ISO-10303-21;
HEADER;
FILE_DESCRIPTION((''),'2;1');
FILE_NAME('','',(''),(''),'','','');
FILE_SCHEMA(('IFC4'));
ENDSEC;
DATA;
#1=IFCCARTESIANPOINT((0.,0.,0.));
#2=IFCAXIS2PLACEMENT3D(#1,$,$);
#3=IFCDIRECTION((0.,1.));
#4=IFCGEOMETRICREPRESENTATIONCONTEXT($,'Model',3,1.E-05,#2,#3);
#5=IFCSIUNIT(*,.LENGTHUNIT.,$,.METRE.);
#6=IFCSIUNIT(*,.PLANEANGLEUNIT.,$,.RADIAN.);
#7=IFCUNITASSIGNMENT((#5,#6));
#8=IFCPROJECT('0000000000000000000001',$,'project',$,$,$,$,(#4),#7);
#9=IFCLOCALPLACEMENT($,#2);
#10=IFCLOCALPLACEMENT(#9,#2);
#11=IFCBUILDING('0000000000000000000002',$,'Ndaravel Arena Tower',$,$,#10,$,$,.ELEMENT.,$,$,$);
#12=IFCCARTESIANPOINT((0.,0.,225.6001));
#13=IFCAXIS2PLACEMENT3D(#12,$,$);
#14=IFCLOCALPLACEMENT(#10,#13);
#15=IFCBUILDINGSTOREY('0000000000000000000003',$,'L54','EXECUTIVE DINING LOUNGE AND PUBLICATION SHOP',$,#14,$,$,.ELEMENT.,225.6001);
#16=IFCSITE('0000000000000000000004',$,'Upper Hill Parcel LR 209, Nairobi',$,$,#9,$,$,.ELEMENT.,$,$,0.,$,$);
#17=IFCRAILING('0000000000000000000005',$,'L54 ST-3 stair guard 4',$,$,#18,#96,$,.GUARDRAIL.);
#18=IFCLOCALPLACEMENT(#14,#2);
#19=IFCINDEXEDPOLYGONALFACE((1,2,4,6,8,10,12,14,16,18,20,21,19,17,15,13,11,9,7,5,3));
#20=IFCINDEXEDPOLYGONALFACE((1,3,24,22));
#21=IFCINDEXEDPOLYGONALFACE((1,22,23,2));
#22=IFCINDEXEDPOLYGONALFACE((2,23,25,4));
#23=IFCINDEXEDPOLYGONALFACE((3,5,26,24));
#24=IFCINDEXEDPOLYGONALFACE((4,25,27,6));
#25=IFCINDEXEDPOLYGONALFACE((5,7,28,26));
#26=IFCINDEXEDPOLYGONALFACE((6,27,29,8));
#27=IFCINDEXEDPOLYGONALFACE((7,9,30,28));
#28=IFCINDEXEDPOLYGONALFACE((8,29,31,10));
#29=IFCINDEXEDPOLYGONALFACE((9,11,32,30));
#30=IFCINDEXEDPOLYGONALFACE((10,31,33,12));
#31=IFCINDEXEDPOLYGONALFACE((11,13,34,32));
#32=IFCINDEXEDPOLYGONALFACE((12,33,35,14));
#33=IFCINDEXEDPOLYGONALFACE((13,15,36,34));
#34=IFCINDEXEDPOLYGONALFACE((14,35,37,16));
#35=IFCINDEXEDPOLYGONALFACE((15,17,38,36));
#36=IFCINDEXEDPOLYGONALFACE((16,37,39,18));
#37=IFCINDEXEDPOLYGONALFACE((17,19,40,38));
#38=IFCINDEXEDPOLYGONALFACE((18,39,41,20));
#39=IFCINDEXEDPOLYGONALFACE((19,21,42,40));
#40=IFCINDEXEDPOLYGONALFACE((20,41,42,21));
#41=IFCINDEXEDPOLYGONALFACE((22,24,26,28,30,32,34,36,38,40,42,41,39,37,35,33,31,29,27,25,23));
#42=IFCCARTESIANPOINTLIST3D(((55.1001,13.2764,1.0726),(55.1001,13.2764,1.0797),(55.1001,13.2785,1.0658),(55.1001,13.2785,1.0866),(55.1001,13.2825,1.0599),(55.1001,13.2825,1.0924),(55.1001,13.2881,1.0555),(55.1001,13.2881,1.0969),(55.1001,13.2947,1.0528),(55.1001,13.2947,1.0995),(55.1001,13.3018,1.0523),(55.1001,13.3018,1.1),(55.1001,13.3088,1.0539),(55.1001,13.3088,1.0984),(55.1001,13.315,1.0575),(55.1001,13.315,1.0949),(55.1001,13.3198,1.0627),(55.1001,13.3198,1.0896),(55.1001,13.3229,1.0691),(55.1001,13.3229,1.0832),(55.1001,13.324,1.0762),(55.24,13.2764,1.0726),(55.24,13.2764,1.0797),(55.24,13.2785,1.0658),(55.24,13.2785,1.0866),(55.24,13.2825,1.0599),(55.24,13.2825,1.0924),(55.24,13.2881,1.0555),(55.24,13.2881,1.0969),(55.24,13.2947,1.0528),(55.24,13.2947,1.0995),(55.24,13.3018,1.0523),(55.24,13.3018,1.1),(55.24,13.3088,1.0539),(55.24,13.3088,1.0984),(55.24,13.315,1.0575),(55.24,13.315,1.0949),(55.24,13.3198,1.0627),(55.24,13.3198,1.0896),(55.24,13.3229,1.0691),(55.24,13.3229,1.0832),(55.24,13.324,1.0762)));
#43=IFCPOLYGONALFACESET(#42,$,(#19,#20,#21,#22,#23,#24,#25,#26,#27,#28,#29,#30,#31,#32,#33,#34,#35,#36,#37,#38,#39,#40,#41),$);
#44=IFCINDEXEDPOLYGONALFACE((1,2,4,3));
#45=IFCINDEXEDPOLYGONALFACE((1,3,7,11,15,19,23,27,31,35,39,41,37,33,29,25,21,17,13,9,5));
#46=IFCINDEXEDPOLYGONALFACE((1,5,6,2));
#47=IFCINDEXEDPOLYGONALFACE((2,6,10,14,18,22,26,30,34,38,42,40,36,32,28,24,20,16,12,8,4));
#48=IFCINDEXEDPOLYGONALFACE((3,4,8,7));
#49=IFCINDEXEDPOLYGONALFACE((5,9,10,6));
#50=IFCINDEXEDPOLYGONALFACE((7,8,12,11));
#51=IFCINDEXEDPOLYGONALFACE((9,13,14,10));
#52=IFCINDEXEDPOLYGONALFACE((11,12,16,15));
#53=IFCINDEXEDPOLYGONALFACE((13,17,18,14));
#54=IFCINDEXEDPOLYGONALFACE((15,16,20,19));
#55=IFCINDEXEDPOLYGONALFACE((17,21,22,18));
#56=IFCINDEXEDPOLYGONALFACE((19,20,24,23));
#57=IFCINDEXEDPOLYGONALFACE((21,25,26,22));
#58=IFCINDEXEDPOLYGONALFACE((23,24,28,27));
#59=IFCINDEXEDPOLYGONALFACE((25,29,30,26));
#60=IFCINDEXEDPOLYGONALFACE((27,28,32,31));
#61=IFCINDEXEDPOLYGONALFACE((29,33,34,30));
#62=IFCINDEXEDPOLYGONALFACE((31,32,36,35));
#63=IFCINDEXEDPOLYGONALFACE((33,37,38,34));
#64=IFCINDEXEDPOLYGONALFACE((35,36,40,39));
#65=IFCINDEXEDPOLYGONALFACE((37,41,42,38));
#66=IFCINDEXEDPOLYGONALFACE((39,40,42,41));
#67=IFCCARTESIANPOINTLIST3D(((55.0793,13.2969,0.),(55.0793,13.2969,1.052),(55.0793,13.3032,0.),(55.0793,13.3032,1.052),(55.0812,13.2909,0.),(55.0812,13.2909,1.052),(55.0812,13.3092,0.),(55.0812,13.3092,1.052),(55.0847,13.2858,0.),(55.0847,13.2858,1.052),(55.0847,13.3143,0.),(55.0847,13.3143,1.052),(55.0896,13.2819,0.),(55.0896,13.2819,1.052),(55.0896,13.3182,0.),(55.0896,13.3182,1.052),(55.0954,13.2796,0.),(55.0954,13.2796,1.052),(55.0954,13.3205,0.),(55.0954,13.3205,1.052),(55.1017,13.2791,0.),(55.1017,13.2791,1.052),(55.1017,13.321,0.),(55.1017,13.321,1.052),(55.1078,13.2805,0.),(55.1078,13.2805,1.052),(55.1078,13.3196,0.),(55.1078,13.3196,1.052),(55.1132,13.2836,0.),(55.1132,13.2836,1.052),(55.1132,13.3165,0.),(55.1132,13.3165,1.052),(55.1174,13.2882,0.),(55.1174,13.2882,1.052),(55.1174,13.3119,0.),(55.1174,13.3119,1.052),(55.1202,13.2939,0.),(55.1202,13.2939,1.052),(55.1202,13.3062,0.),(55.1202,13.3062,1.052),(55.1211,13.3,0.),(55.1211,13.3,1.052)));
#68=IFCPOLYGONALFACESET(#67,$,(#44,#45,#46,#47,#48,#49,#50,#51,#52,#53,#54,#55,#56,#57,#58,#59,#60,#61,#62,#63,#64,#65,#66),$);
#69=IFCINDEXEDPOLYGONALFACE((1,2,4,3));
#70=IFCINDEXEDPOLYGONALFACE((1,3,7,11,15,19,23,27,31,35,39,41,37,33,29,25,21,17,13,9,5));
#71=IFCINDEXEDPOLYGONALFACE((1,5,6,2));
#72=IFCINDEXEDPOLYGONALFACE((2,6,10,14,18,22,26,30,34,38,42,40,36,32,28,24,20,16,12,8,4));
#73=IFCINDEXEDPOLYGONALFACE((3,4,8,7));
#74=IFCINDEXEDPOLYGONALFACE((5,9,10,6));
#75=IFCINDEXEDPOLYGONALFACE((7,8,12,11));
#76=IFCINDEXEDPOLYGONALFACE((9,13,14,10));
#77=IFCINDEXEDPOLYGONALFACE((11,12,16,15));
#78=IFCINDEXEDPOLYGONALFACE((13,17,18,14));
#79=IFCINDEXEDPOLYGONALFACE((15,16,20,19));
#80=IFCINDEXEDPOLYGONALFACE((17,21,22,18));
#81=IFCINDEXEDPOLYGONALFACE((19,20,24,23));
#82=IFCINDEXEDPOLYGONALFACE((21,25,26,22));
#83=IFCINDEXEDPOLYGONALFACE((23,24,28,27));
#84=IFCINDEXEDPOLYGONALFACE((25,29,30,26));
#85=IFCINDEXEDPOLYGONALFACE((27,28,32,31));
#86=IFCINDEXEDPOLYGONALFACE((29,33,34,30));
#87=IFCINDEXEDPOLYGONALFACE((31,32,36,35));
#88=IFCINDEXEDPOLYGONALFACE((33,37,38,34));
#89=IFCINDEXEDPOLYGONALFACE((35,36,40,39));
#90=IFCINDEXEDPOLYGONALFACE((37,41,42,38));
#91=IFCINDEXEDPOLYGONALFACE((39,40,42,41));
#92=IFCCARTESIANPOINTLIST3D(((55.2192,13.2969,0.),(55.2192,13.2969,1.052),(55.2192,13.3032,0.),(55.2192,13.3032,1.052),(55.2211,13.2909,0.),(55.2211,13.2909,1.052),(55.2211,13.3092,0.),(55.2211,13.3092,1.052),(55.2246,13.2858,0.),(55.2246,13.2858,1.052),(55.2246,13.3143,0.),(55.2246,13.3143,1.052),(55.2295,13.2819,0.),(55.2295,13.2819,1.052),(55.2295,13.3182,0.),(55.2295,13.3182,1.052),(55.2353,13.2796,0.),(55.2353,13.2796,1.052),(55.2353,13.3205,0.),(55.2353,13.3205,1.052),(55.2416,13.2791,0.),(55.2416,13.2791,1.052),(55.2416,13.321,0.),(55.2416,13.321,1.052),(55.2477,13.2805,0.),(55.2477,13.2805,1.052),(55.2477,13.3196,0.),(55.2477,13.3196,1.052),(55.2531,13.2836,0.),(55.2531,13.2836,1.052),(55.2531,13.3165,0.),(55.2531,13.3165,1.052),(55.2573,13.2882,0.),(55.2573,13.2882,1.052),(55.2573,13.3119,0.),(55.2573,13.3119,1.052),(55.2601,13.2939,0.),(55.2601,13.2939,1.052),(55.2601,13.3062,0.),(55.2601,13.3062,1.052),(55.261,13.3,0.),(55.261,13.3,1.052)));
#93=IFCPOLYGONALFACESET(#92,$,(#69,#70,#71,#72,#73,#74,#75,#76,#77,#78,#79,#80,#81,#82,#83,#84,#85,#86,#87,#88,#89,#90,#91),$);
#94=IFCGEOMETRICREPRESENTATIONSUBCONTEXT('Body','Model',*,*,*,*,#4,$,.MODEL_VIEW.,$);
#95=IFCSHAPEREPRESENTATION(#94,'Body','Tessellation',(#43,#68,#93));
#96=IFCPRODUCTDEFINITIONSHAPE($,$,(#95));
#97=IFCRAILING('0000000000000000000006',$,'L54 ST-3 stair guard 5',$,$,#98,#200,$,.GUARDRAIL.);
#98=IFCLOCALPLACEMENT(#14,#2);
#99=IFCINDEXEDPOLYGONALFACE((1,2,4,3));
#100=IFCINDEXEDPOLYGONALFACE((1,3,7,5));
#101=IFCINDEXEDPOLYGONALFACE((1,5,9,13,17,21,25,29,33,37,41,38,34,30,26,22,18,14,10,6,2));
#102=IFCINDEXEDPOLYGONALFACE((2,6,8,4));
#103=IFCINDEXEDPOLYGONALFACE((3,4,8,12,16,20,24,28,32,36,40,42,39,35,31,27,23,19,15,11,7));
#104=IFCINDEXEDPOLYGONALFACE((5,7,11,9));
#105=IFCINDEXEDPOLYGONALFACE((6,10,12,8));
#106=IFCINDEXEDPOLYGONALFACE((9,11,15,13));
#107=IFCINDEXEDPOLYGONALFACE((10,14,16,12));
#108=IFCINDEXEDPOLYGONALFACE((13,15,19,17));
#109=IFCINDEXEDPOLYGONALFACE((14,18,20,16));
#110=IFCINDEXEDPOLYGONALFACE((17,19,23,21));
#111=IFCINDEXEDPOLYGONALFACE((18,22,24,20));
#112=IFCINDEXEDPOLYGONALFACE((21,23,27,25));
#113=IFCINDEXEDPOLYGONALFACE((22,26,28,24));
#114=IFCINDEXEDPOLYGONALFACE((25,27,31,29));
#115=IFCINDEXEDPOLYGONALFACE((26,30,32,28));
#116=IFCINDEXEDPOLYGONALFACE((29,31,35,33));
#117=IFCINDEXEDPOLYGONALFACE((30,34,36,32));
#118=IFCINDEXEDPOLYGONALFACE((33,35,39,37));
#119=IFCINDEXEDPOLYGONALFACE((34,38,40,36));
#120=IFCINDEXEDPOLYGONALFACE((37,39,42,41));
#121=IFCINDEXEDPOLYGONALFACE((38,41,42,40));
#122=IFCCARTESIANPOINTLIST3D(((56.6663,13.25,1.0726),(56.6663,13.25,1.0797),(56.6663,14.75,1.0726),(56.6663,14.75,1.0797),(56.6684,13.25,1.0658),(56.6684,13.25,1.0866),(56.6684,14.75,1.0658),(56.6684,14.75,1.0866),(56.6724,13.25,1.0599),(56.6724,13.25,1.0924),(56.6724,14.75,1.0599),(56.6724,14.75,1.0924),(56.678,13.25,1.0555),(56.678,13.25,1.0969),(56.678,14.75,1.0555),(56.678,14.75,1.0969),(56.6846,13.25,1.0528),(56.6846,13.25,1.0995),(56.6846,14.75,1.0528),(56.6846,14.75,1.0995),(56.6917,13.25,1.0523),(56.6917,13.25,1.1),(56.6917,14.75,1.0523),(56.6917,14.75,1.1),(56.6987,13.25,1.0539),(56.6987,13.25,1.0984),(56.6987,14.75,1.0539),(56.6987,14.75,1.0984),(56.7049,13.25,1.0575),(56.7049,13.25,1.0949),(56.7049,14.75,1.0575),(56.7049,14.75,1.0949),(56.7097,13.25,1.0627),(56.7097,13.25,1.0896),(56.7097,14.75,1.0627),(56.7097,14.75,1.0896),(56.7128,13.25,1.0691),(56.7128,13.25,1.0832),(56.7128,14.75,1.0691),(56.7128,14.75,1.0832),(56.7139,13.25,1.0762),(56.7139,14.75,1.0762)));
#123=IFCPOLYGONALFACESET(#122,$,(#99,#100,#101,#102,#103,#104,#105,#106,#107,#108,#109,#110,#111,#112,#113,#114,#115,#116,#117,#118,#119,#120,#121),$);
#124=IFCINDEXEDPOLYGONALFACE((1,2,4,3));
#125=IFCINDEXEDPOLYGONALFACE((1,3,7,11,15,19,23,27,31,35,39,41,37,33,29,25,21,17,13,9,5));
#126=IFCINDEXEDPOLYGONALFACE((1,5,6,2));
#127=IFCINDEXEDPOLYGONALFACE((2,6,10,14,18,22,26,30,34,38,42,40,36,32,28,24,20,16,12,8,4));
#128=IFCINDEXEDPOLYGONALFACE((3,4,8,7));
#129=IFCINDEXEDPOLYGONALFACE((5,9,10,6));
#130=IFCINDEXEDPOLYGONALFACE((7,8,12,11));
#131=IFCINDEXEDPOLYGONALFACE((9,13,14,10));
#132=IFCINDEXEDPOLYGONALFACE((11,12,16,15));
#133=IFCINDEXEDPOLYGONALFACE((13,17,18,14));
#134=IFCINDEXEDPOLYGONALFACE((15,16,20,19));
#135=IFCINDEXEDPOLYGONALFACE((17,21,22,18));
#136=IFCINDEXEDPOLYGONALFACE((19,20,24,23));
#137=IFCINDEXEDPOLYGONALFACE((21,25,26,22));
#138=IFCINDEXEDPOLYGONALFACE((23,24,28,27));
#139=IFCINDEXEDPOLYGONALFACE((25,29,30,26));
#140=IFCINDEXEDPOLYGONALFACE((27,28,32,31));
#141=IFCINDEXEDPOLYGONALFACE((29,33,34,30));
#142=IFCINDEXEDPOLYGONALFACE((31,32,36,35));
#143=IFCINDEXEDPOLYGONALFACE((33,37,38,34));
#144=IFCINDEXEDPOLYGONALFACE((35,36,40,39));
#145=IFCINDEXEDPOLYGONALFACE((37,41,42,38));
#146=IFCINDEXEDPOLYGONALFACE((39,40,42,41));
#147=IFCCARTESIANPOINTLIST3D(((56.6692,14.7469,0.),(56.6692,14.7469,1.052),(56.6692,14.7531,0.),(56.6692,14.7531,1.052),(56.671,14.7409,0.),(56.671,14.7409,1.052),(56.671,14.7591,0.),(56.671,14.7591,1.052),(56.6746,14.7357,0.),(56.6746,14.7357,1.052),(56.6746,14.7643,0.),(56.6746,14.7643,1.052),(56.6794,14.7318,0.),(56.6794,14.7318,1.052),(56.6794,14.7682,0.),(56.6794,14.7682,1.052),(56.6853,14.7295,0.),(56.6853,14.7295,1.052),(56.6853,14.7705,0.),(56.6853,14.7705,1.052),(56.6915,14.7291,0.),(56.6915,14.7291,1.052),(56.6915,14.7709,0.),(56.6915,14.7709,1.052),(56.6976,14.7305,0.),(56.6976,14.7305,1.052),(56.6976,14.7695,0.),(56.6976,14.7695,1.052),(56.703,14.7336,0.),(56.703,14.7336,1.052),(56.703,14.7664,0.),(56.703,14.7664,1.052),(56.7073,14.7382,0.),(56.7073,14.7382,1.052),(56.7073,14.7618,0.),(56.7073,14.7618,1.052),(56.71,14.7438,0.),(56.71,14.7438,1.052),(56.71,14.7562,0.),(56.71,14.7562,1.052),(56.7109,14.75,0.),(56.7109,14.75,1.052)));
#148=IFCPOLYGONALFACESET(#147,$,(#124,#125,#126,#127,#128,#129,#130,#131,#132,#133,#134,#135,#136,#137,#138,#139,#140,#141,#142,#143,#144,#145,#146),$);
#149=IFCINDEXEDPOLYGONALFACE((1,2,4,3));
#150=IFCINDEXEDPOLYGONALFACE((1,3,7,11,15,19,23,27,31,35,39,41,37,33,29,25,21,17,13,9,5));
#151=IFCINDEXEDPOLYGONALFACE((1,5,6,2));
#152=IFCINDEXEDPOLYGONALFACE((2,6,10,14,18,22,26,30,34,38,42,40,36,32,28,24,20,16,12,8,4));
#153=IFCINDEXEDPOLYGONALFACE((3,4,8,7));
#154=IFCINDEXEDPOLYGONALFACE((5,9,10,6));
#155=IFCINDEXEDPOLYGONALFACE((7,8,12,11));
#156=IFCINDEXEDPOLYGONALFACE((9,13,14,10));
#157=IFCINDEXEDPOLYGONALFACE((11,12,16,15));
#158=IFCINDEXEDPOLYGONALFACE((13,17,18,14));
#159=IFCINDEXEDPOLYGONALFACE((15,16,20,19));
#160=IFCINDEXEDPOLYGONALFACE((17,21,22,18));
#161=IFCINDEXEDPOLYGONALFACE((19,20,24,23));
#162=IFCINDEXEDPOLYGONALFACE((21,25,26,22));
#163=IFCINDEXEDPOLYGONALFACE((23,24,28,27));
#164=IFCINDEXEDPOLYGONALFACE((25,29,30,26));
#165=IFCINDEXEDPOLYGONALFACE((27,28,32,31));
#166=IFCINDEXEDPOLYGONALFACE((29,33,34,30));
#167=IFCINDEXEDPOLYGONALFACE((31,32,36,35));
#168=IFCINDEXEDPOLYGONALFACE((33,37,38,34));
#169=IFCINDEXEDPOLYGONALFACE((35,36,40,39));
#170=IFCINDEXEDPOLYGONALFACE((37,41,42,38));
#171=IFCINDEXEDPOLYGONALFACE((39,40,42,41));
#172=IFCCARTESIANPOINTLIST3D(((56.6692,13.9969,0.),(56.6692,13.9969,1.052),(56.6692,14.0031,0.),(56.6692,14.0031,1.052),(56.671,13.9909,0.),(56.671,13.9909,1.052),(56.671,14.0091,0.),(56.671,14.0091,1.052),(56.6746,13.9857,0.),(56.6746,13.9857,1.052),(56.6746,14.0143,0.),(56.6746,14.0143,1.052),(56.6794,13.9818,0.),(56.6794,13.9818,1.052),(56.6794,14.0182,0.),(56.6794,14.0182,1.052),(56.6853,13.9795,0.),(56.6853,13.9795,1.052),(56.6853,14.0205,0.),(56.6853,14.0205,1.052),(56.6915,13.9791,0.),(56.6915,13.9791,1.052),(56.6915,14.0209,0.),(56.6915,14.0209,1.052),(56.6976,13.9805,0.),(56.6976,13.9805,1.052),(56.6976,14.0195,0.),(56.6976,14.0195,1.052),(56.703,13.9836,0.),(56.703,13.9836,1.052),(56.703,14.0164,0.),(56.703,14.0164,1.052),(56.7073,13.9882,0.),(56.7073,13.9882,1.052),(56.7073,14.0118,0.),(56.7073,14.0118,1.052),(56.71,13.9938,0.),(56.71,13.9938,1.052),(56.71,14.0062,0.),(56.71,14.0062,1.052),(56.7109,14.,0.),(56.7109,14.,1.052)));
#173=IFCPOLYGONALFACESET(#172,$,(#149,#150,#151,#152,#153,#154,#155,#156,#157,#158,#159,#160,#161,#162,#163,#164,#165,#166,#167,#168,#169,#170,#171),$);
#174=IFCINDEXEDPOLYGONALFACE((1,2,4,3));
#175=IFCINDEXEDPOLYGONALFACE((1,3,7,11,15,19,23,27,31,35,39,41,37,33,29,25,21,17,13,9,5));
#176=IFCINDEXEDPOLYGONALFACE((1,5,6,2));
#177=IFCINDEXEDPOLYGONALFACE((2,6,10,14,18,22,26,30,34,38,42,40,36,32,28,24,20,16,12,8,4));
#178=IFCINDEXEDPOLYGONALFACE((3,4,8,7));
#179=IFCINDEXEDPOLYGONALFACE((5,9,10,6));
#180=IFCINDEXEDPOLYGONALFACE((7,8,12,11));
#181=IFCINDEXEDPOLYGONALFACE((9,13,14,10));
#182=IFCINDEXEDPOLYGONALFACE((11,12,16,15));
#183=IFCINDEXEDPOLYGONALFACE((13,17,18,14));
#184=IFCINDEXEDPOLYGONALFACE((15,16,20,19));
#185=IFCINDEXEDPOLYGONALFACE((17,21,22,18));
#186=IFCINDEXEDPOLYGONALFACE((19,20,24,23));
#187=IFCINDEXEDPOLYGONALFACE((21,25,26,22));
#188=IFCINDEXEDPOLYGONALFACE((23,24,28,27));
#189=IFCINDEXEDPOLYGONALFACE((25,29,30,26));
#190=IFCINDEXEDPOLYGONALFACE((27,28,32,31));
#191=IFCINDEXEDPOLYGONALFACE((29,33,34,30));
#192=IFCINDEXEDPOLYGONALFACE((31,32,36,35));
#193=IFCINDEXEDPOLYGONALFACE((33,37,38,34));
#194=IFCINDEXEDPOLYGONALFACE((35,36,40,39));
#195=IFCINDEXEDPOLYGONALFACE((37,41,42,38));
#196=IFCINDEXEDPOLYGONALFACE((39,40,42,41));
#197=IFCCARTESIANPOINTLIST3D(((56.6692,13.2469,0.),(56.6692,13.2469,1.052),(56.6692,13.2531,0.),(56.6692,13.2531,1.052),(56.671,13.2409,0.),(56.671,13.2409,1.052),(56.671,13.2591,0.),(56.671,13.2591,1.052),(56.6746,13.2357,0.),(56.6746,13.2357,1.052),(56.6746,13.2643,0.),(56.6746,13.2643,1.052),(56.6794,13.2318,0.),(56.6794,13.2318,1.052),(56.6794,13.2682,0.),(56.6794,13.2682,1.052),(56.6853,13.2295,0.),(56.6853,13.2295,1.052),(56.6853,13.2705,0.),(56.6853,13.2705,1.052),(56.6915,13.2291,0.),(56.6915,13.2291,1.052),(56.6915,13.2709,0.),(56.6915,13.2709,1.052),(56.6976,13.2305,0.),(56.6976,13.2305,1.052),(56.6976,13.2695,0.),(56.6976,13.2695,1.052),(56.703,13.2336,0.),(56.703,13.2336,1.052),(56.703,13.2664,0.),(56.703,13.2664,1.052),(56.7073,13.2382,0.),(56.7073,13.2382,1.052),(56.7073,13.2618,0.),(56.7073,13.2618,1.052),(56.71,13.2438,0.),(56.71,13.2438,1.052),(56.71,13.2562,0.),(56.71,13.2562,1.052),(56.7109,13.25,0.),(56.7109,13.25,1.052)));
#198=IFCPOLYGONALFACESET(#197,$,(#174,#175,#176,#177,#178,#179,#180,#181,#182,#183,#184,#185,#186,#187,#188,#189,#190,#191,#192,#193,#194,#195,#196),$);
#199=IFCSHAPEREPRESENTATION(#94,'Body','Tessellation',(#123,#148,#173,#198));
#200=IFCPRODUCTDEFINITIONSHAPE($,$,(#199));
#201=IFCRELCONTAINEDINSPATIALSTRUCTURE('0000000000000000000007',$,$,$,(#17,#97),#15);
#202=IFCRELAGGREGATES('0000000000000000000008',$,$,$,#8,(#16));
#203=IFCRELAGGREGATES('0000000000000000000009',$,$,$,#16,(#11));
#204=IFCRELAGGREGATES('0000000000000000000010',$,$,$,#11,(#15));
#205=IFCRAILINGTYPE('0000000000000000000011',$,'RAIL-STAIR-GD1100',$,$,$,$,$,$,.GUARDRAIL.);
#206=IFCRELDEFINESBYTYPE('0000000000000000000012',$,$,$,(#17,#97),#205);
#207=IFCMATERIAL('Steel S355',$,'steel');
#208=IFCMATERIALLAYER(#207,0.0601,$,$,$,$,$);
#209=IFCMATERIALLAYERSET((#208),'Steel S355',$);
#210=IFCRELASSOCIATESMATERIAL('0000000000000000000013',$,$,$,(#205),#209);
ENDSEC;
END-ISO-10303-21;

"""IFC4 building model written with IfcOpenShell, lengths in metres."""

from ifc_helpers import new_model, si_unit, direction, frame, origin, origin_2d, place, context, subcontext, project, spatial, circle, extrude, material, layer, layer_set, type_object, element, save


model = new_model("IFC4")

# Units and contexts
model_context = context("Model", 3, precision=1e-05, world=origin(), true_north=direction((0.0, 1.0)))
body_context = subcontext(model_context, "Body", "Model", "MODEL_VIEW")
ifc_project = project(units=[si_unit("LENGTHUNIT", "METRE"), si_unit("PLANEANGLEUNIT", "RADIAN")], contexts=[model_context])

# Site, building, storey
site_placement = place(None, origin())
site = spatial("IfcSite", under=ifc_project, at=site_placement, Name="Upper Hill Parcel LR 209, Nairobi", CompositionType="ELEMENT", RefElevation=0.0)
building_placement = place(site_placement, origin())
building = spatial("IfcBuilding", under=site, at=building_placement, Name="Ndaravel Arena Tower", CompositionType="ELEMENT")
storey_placement = place(building_placement, frame((0.0, 0.0, 225.6001)))
storey = spatial("IfcBuildingStorey", under=building, at=storey_placement, Name="L54", Description="EXECUTIVE DINING LOUNGE AND PUBLICATION SHOP", CompositionType="ELEMENT", Elevation=225.6001)

# Railings
ifc_material_1 = material(Name="Steel S355", Category="steel")
ifc_layer_1 = layer(ifc_material_1, 0.0601)
ifc_layer_set_1 = layer_set([ifc_layer_1], Name="Steel S355")
railing_type_1 = type_object("IfcRailingType", Name="RAIL-STAIR-GD1100", PredefinedType="GUARDRAIL", material=ifc_layer_set_1)
railing_1_placement = place(storey_placement, frame((55.1001, 13.3, 0.0)))
element("IfcRailing", 1, at=railing_1_placement, inside=storey, type_object=railing_type_1, Name="L54 ST-3 stair guard 4", PredefinedType="GUARDRAIL", context=body_context, shape_type="SweptSolid", body=[
    extrude(circle(Radius=0.0239, at=origin_2d()), frame((0.0, 0.0, 1.0762), z_axis=(1.0, 0.0, 0.0), x_axis=(0.0, 1.0, 0.0)), (0.0, 0.0, 1.0), 0.1399),
    extrude(circle(Radius=0.021, at=origin_2d()), origin(), (0.0, 0.0, 1.0), 1.052),
    extrude(circle(Radius=0.021, at=origin_2d()), frame((0.1399, 0.0, 0.0)), (0.0, 0.0, 1.0), 1.052),
])
railing_2_placement = place(storey_placement, frame((56.6899, 14.75, 0.0)))
element("IfcRailing", 2, at=railing_2_placement, inside=storey, type_object=railing_type_1, Name="L54 ST-3 stair guard 5", PredefinedType="GUARDRAIL", context=body_context, shape_type="SweptSolid", body=[
    extrude(circle(Radius=0.0239, at=origin_2d()), frame((0.0, 0.0, 1.0762), z_axis=(0.0, -1.0, 0.0), x_axis=(1.0, 0.0, 0.0)), (0.0, 0.0, 1.0), 1.5),
    extrude(circle(Radius=0.021, at=origin_2d()), origin(), (0.0, 0.0, 1.0), 1.052),
    extrude(circle(Radius=0.021, at=origin_2d()), frame((0.0, -0.75, 0.0)), (0.0, 0.0, 1.0), 1.052),
    extrude(circle(Radius=0.021, at=origin_2d()), frame((0.0, -1.5, 0.0)), (0.0, 0.0, 1.0), 1.052),
])

save(model, "model.ifc")
